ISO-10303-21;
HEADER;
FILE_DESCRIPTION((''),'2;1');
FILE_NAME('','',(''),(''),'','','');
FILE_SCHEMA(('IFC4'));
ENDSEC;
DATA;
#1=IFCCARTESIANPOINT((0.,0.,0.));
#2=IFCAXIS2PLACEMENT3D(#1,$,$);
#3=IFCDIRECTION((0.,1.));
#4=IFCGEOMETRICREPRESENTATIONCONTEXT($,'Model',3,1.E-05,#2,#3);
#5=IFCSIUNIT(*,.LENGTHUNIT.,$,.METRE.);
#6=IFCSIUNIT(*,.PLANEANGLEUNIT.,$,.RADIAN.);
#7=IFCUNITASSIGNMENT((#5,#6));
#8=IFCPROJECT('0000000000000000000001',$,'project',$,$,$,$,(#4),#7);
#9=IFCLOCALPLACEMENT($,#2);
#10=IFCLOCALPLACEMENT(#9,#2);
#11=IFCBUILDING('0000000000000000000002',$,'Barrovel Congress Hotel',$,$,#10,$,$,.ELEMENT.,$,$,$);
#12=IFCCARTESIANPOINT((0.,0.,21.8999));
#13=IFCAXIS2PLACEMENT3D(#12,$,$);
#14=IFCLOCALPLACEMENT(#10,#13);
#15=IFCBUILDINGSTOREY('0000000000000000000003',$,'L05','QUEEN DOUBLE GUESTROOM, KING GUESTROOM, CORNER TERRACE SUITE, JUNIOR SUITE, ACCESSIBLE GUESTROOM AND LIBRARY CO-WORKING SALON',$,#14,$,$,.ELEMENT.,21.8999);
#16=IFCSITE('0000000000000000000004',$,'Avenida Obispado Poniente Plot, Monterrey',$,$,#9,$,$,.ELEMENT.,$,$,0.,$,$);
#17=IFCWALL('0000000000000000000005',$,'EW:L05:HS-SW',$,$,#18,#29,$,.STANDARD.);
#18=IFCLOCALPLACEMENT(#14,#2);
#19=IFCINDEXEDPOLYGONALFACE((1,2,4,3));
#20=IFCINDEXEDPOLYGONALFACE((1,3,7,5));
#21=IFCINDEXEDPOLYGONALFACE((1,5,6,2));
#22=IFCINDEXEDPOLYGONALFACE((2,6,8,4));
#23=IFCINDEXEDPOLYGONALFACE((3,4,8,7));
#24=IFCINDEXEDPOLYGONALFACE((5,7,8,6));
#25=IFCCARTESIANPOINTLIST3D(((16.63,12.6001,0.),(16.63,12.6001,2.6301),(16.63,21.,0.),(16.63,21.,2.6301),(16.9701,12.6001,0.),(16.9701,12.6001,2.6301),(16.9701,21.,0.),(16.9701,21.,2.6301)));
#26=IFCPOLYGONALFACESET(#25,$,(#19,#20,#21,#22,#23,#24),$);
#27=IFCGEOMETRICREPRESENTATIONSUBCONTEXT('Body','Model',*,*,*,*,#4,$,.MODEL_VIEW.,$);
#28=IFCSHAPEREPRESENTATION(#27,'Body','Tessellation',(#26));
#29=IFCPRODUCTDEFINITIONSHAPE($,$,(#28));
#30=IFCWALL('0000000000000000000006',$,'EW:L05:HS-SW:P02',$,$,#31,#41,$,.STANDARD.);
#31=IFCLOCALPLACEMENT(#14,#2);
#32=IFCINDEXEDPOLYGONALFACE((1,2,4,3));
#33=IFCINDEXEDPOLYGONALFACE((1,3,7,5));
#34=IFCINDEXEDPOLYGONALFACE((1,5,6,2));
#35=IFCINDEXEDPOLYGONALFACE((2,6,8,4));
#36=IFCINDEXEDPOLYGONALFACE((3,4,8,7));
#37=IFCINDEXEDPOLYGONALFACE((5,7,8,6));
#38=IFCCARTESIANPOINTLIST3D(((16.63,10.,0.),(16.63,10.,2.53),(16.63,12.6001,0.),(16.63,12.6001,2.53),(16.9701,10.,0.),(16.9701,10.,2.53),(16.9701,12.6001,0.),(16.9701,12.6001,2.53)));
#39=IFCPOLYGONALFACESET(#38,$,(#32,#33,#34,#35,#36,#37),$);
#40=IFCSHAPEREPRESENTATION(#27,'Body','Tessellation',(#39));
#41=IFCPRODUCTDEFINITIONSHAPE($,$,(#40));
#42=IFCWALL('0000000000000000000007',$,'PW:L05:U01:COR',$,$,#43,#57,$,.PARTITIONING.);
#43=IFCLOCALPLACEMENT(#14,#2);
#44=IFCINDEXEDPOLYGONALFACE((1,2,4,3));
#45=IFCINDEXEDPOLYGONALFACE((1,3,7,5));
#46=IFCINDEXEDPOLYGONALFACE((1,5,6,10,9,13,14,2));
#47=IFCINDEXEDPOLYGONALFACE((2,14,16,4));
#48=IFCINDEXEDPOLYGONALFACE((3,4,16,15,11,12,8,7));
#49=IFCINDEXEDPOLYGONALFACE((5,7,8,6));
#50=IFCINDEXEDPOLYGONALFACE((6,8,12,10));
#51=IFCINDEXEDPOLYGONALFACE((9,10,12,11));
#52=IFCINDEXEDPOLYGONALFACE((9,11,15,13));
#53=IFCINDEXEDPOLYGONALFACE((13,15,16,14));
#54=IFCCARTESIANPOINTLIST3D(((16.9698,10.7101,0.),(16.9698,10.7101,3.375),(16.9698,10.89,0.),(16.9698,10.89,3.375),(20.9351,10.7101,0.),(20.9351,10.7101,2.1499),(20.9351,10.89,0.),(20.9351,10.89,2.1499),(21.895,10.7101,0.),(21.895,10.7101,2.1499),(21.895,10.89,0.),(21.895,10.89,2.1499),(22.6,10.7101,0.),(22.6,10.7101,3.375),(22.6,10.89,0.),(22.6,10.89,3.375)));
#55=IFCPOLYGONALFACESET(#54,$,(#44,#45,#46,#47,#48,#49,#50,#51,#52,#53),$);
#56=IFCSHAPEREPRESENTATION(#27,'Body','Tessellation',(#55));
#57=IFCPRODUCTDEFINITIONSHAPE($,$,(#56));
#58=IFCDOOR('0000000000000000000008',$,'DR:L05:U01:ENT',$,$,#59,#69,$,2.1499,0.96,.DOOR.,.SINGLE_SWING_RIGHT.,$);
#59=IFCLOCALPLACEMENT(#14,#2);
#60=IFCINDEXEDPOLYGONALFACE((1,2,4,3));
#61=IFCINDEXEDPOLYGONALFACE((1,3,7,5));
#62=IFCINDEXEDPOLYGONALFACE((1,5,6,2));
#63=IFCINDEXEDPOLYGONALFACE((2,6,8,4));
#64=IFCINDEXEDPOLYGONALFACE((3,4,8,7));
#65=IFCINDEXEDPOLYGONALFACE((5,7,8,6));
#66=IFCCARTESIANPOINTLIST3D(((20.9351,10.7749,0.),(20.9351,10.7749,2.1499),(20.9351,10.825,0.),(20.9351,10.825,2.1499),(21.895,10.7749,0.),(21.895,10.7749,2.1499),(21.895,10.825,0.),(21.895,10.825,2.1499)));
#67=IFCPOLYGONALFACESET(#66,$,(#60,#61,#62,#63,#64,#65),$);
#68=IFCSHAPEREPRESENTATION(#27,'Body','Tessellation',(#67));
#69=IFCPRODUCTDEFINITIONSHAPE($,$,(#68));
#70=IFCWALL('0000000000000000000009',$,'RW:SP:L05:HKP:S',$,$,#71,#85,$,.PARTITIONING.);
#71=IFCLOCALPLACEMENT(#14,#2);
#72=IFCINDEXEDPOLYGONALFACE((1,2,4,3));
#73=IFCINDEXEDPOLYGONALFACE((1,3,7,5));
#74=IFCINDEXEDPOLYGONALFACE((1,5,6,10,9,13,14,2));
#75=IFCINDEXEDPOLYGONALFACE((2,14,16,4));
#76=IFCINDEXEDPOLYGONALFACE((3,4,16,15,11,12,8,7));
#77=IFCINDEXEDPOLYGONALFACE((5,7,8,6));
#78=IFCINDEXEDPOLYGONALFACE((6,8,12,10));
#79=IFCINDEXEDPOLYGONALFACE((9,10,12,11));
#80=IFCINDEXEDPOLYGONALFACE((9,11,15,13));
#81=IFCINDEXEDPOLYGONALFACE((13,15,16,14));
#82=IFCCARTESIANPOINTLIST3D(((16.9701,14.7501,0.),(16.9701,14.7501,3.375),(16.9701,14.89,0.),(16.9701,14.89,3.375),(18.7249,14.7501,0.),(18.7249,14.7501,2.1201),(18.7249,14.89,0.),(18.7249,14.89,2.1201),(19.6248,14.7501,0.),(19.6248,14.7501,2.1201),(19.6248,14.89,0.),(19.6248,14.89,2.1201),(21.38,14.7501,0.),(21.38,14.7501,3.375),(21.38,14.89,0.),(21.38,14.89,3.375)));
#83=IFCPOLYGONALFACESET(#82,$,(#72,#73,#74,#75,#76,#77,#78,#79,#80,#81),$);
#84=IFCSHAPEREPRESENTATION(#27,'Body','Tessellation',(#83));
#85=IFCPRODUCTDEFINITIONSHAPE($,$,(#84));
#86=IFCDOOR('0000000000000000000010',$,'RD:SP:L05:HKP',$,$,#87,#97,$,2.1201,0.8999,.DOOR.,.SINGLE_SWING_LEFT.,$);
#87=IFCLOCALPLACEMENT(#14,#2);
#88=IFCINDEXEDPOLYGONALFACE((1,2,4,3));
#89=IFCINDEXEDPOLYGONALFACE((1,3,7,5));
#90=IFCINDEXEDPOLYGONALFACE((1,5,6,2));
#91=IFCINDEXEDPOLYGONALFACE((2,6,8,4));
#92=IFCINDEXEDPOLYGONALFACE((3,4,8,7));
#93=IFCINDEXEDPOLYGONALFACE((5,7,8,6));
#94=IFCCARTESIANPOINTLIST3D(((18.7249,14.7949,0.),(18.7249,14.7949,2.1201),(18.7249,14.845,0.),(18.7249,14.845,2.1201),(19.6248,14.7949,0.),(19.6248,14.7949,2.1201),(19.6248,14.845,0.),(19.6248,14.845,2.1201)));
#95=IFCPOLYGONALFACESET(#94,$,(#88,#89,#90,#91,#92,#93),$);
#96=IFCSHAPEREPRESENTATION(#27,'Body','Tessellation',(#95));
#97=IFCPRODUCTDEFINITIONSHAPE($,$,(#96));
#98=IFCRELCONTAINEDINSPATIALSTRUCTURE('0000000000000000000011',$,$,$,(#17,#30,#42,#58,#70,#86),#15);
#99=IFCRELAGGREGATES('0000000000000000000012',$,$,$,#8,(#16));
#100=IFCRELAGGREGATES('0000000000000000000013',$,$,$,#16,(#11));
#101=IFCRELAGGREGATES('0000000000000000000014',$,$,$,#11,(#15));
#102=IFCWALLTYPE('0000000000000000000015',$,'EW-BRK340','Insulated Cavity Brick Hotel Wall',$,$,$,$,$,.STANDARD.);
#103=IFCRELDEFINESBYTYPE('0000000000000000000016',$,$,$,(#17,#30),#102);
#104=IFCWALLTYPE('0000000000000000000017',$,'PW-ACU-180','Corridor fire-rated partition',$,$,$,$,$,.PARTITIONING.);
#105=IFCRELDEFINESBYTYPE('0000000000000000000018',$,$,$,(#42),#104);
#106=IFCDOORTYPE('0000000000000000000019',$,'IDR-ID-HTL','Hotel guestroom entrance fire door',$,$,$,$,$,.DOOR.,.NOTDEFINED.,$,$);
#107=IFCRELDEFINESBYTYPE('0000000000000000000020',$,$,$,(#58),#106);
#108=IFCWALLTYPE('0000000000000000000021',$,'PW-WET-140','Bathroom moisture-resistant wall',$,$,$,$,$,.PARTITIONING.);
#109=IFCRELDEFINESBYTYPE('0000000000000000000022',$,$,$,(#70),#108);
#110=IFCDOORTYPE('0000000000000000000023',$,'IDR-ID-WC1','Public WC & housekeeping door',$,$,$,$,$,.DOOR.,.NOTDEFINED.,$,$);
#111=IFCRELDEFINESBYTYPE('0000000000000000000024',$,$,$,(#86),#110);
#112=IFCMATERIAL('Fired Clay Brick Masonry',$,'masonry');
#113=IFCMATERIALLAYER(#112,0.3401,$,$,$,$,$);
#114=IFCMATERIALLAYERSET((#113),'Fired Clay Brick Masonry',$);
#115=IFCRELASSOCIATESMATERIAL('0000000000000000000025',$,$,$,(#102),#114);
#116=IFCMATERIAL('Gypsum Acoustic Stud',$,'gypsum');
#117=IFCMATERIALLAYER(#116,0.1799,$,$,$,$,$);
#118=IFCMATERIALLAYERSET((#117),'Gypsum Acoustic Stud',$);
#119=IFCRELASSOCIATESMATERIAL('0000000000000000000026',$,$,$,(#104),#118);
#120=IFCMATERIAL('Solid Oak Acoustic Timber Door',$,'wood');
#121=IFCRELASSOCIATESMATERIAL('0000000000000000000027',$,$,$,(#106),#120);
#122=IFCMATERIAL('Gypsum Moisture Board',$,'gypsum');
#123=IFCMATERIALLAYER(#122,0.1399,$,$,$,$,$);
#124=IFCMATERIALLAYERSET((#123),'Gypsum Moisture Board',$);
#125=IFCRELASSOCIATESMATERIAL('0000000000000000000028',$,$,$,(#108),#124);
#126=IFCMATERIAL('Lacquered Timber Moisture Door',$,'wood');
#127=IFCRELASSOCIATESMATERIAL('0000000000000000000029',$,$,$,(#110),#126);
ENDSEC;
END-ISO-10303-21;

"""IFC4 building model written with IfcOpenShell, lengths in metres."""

from ifc_helpers import new_model, si_unit, direction, frame, frame_2d, origin, place, context, subcontext, project, spatial, rectangle, extrude, material, layer, layer_set, type_object, element, fill, save


model = new_model("IFC4")

# Units and contexts
model_context = context("Model", 3, precision=1e-05, world=origin(), true_north=direction((0.0, 1.0)))
body_context = subcontext(model_context, "Body", "Model", "MODEL_VIEW")
ifc_project = project(units=[si_unit("LENGTHUNIT", "METRE"), si_unit("PLANEANGLEUNIT", "RADIAN")], contexts=[model_context])

# Site, building, storey
site_placement = place(None, origin())
site = spatial("IfcSite", under=ifc_project, at=site_placement, Name="Avenida Obispado Poniente Plot, Monterrey", CompositionType="ELEMENT", RefElevation=0.0)
building_placement = place(site_placement, origin())
building = spatial("IfcBuilding", under=site, at=building_placement, Name="Barrovel Congress Hotel", CompositionType="ELEMENT")
storey_placement = place(building_placement, frame((0.0, 0.0, 21.8999)))
storey = spatial("IfcBuildingStorey", under=building, at=storey_placement, Name="L05", Description="QUEEN DOUBLE GUESTROOM, KING GUESTROOM, CORNER TERRACE SUITE, JUNIOR SUITE, ACCESSIBLE GUESTROOM AND LIBRARY CO-WORKING SALON", CompositionType="ELEMENT", Elevation=21.8999)

# Walls
ifc_material_1 = material(Name="Fired Clay Brick Masonry", Category="masonry")
ifc_layer_1 = layer(ifc_material_1, 0.3401)
ifc_layer_set_1 = layer_set([ifc_layer_1], Name="Fired Clay Brick Masonry")
wall_type_1 = type_object("IfcWallType", Name="EW-BRK340", Description="Insulated Cavity Brick Hotel Wall", PredefinedType="STANDARD", material=ifc_layer_set_1)
wall_1_placement = place(storey_placement, frame((16.8, 21.0, 0.0), z_axis=(0.0, 0.0, 1.0), x_axis=(0.0, -1.0, 0.0)))
element("IfcWall", 1, at=wall_1_placement, inside=storey, type_object=wall_type_1, Name="EW:L05:HS-SW", PredefinedType="STANDARD", context=body_context, shape_type="SweptSolid", body=[
    extrude(rectangle(XDim=8.3999, YDim=0.3401, at=frame_2d((4.2, 0.0))), origin(), (0.0, 0.0, 1.0), 2.6301),
])
wall_2_placement = place(storey_placement, frame((16.8, 12.6001, 0.0), z_axis=(0.0, 0.0, 1.0), x_axis=(0.0, -1.0, 0.0)))
element("IfcWall", 2, at=wall_2_placement, inside=storey, type_object=wall_type_1, Name="EW:L05:HS-SW:P02", PredefinedType="STANDARD", context=body_context, shape_type="SweptSolid", body=[
    extrude(rectangle(XDim=2.6001, YDim=0.3401, at=frame_2d((1.3, 0.0))), origin(), (0.0, 0.0, 1.0), 2.53),
])

# Walls, openings, doors
ifc_material_2 = material(Name="Gypsum Acoustic Stud", Category="gypsum")
ifc_layer_2 = layer(ifc_material_2, 0.1799)
ifc_layer_set_2 = layer_set([ifc_layer_2], Name="Gypsum Acoustic Stud")
wall_type_2 = type_object("IfcWallType", Name="PW-ACU-180", Description="Corridor fire-rated partition", PredefinedType="PARTITIONING", material=ifc_layer_set_2)
wall_3_placement = place(storey_placement, frame((16.97, 10.8, 0.0), z_axis=(0.0, 0.0, 1.0), x_axis=(1.0, 0.0, 0.0)))
wall_3 = element("IfcWall", 3, at=wall_3_placement, inside=storey, type_object=wall_type_2, Name="PW:L05:U01:COR", PredefinedType="PARTITIONING", context=body_context, shape_type="SweptSolid", body=[
    extrude(rectangle(XDim=5.6301, YDim=0.1799, at=frame_2d((2.8149, 0.0))), origin(), (0.0, 0.0, 1.0), 3.375),
])
opening_1_placement = place(wall_3_placement, frame((3.9651, 0.0, 0.0)))
opening_1 = element("IfcOpeningElement", 4, at=opening_1_placement, cuts=wall_3, PredefinedType="OPENING", context=body_context, shape_type="SweptSolid", body=[
    extrude(rectangle(XDim=0.96, YDim=2.1499, at=frame_2d((0.48, 1.075))), frame((0.0, 0.1001, 0.0), z_axis=(0.0, -1.0, 0.0), x_axis=(1.0, 0.0, 0.0)), (0.0, 0.0, 1.0), 0.2),
])
ifc_material_3 = material(Name="Solid Oak Acoustic Timber Door", Category="wood")
door_type_1 = type_object("IfcDoorType", Name="IDR-ID-HTL", Description="Hotel guestroom entrance fire door", OperationType="NOTDEFINED", PredefinedType="DOOR", material=ifc_material_3)
door_1_placement = place(opening_1_placement, origin())
door_1 = element("IfcDoor", 5, at=door_1_placement, inside=storey, type_object=door_type_1, Name="DR:L05:U01:ENT", OperationType="SINGLE_SWING_RIGHT", OverallHeight=2.1499, OverallWidth=0.96, PredefinedType="DOOR", context=body_context, shape_type="SweptSolid", body=[
    extrude(rectangle(XDim=0.96, YDim=2.1499, at=frame_2d((0.48, 1.075))), frame((0.0, 0.0249, 0.0), z_axis=(0.0, -1.0, 0.0), x_axis=(1.0, 0.0, 0.0)), (0.0, 0.0, 1.0), 0.05),
])
fill(opening_1, door_1)
ifc_material_4 = material(Name="Gypsum Moisture Board", Category="gypsum")
ifc_layer_3 = layer(ifc_material_4, 0.1399)
ifc_layer_set_3 = layer_set([ifc_layer_3], Name="Gypsum Moisture Board")
wall_type_3 = type_object("IfcWallType", Name="PW-WET-140", Description="Bathroom moisture-resistant wall", PredefinedType="PARTITIONING", material=ifc_layer_set_3)
wall_4_placement = place(storey_placement, frame((16.97, 14.8201, 0.0), z_axis=(0.0, 0.0, 1.0), x_axis=(1.0, 0.0, 0.0)))
wall_4 = element("IfcWall", 6, at=wall_4_placement, inside=storey, type_object=wall_type_3, Name="RW:SP:L05:HKP:S", PredefinedType="PARTITIONING", context=body_context, shape_type="SweptSolid", body=[
    extrude(rectangle(XDim=4.4099, YDim=0.1399, at=frame_2d((2.2051, 0.0))), origin(), (0.0, 0.0, 1.0), 3.375),
])
opening_2_placement = place(wall_4_placement, frame((1.7549, 0.0, 0.0)))
opening_2 = element("IfcOpeningElement", 7, at=opening_2_placement, cuts=wall_4, PredefinedType="OPENING", context=body_context, shape_type="SweptSolid", body=[
    extrude(rectangle(XDim=0.8999, YDim=2.1201, at=frame_2d((0.45, 1.0601))), frame((0.0, 0.0801, 0.0), z_axis=(0.0, -1.0, 0.0), x_axis=(1.0, 0.0, 0.0)), (0.0, 0.0, 1.0), 0.1599),
])
ifc_material_5 = material(Name="Lacquered Timber Moisture Door", Category="wood")
door_type_2 = type_object("IfcDoorType", Name="IDR-ID-WC1", Description="Public WC & housekeeping door", OperationType="NOTDEFINED", PredefinedType="DOOR", material=ifc_material_5)
door_2_placement = place(opening_2_placement, origin())
door_2 = element("IfcDoor", 8, at=door_2_placement, inside=storey, type_object=door_type_2, Name="RD:SP:L05:HKP", OperationType="SINGLE_SWING_LEFT", OverallHeight=2.1201, OverallWidth=0.8999, PredefinedType="DOOR", context=body_context, shape_type="SweptSolid", body=[
    extrude(rectangle(XDim=0.8999, YDim=2.1201, at=frame_2d((0.45, 1.0601))), frame((0.0, 0.0249, 0.0), z_axis=(0.0, -1.0, 0.0), x_axis=(1.0, 0.0, 0.0)), (0.0, 0.0, 1.0), 0.05),
])
fill(opening_2, door_2)

save(model, "model.ifc")
